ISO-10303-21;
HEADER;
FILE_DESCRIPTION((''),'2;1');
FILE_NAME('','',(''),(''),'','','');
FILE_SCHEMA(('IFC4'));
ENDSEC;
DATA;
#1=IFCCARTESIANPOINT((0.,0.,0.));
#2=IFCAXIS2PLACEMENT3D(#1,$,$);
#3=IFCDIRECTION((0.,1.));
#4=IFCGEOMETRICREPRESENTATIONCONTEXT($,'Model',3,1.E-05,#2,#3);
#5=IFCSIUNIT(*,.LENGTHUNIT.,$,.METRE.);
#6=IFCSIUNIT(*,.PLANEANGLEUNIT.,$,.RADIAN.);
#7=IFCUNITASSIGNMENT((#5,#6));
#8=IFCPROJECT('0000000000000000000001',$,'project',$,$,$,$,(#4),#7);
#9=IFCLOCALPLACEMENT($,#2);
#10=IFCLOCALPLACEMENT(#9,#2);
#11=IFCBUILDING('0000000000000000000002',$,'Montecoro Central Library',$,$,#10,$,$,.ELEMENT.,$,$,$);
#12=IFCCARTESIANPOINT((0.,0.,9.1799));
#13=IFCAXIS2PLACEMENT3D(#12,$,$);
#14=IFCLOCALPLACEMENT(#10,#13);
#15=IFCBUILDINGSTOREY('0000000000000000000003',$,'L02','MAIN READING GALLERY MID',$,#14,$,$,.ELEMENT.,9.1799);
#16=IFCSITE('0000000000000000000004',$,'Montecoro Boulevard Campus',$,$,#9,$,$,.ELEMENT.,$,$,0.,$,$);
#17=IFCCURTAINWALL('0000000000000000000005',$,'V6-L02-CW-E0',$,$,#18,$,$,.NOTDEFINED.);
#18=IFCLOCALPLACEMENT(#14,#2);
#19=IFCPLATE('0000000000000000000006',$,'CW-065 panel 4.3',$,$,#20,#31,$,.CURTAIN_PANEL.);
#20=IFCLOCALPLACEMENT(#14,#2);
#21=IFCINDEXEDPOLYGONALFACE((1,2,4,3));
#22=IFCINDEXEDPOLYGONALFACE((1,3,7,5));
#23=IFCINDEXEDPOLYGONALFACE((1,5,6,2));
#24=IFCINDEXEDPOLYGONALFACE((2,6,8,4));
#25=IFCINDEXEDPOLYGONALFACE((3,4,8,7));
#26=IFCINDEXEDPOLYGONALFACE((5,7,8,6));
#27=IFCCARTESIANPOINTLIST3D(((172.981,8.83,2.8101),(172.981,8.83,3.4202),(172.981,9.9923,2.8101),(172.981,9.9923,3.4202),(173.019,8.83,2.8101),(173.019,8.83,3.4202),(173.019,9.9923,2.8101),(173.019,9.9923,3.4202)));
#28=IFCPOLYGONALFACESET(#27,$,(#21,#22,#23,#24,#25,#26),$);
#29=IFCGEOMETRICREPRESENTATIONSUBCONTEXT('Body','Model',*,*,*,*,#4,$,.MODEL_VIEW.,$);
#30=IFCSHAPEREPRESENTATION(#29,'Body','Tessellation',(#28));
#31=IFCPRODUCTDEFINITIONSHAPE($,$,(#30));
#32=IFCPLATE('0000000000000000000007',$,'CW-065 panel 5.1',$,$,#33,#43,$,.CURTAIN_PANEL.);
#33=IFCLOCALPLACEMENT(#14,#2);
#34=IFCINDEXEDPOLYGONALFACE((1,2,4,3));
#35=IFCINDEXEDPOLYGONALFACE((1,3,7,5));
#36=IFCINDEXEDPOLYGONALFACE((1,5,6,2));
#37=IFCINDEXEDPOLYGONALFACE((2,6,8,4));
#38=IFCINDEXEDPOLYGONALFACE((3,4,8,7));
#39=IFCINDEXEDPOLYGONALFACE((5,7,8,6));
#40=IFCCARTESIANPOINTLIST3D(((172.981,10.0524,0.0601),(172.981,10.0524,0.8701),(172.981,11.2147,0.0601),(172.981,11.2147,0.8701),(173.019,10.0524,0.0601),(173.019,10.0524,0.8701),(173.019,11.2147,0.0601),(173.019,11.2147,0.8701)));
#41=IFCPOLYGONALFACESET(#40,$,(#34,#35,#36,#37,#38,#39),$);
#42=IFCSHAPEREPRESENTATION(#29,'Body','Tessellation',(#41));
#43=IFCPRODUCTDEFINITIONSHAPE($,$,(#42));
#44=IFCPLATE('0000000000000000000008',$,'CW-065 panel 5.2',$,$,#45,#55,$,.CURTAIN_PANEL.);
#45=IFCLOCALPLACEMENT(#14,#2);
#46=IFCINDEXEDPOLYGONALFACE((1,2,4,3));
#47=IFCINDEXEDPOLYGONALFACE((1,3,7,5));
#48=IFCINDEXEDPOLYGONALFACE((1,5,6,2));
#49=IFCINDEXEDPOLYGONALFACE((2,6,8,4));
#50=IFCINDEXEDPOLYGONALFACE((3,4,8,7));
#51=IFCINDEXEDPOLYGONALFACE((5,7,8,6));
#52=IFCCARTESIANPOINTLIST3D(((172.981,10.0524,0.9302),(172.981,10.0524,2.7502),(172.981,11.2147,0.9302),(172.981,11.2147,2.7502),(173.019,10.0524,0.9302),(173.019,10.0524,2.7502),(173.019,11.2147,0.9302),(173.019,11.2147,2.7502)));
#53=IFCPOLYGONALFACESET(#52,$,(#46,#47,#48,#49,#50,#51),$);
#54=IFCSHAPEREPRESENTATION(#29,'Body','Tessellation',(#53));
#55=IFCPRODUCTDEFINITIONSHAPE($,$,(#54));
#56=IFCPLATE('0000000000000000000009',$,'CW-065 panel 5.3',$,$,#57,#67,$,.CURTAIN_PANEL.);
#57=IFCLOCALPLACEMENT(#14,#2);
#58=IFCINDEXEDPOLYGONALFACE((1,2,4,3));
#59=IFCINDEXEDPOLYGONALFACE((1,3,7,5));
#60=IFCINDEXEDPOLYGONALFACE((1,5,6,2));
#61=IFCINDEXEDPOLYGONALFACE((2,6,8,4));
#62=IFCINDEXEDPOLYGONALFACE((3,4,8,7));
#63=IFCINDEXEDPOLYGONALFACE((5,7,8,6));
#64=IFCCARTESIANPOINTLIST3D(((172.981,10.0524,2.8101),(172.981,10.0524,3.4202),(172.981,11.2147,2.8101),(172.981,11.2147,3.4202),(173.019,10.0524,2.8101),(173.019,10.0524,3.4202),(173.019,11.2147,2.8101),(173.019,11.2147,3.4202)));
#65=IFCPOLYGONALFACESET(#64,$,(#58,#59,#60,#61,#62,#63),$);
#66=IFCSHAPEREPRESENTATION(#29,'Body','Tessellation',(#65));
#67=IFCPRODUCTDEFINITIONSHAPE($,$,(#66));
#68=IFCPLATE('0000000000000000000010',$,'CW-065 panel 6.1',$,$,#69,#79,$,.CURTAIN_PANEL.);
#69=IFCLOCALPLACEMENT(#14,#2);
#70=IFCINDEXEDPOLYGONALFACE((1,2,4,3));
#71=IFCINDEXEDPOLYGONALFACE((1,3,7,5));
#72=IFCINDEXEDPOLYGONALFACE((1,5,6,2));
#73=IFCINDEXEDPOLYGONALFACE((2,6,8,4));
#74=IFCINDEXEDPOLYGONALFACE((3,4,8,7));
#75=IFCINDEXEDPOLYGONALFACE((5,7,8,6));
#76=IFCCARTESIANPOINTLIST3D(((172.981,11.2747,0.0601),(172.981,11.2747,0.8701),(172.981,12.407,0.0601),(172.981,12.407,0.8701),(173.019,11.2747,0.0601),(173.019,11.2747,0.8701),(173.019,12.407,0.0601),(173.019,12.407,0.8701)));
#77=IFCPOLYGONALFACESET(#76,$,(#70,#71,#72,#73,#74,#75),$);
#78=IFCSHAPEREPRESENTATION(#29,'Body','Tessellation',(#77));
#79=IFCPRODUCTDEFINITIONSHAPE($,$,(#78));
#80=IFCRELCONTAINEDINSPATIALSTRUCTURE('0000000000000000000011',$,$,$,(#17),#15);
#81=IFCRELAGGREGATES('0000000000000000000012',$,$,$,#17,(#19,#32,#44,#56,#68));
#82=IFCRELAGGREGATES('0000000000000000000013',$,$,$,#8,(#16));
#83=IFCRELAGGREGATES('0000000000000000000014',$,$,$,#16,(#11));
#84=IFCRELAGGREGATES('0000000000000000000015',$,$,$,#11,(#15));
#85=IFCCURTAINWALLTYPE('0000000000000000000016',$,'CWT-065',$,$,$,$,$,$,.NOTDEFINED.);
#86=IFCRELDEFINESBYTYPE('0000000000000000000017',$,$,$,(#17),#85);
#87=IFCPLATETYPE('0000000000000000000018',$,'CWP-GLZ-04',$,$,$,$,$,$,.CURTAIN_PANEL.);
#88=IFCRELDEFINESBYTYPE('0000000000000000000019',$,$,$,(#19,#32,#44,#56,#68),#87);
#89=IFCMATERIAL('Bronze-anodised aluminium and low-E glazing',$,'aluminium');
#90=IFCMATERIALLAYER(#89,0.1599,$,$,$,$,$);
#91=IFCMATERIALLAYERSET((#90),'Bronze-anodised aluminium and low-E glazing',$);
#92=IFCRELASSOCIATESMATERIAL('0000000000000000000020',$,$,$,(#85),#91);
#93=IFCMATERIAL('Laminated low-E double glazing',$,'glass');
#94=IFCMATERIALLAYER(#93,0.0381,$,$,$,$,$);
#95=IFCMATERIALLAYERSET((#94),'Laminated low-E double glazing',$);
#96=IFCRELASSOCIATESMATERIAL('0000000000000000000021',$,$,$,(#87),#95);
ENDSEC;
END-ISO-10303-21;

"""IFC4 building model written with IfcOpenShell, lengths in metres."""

from ifc_helpers import new_model, si_unit, direction, frame, origin, origin_2d, place, context, subcontext, project, spatial, rectangle, extrude, material, layer, layer_set, type_object, element, aggregate, save


model = new_model("IFC4")

# Units and contexts
model_context = context("Model", 3, precision=1e-05, world=origin(), true_north=direction((0.0, 1.0)))
body_context = subcontext(model_context, "Body", "Model", "MODEL_VIEW")
ifc_project = project(units=[si_unit("LENGTHUNIT", "METRE"), si_unit("PLANEANGLEUNIT", "RADIAN")], contexts=[model_context])

# Site, building, storey
site_placement = place(None, origin())
site = spatial("IfcSite", under=ifc_project, at=site_placement, Name="Montecoro Boulevard Campus", CompositionType="ELEMENT", RefElevation=0.0)
building_placement = place(site_placement, origin())
building = spatial("IfcBuilding", under=site, at=building_placement, Name="Montecoro Central Library", CompositionType="ELEMENT")
storey_placement = place(building_placement, frame((0.0, 0.0, 9.1799)))
storey = spatial("IfcBuildingStorey", under=building, at=storey_placement, Name="L02", Description="MAIN READING GALLERY MID", CompositionType="ELEMENT", Elevation=9.1799)

# Curtain wall, plates
ifc_material_1 = material(Name="Bronze-anodised aluminium and low-E glazing", Category="aluminium")
ifc_layer_1 = layer(ifc_material_1, 0.1599)
ifc_layer_set_1 = layer_set([ifc_layer_1], Name="Bronze-anodised aluminium and low-E glazing")
curtain_wall_type = type_object("IfcCurtainWallType", Name="CWT-065", PredefinedType="NOTDEFINED", material=ifc_layer_set_1)
curtain_wall_placement = place(storey_placement, origin())
curtain_wall = element("IfcCurtainWall", 1, at=curtain_wall_placement, inside=storey, type_object=curtain_wall_type, Name="V6-L02-CW-E0", PredefinedType="NOTDEFINED")
ifc_material_2 = material(Name="Laminated low-E double glazing", Category="glass")
ifc_layer_2 = layer(ifc_material_2, 0.0381)
ifc_layer_set_2 = layer_set([ifc_layer_2], Name="Laminated low-E double glazing")
plate_type = type_object("IfcPlateType", Name="CWP-GLZ-04", PredefinedType="CURTAIN_PANEL", material=ifc_layer_set_2)
plate_1_placement = place(storey_placement, frame((173.0, 9.4111, 2.8101), z_axis=(0.0, 0.0, 1.0), x_axis=(0.0, 1.0, 0.0)))
plate_1 = element("IfcPlate", 2, at=plate_1_placement, type_object=plate_type, Name="CW-065 panel 4.3", PredefinedType="CURTAIN_PANEL", context=body_context, shape_type="SweptSolid", body=[
    extrude(rectangle(XDim=1.1624, YDim=0.0381, at=origin_2d()), origin(), (0.0, 0.0, 1.0), 0.6101),
])
plate_2_placement = place(storey_placement, frame((173.0, 10.6335, 0.0601), z_axis=(0.0, 0.0, 1.0), x_axis=(0.0, 1.0, 0.0)))
plate_2 = element("IfcPlate", 3, at=plate_2_placement, type_object=plate_type, Name="CW-065 panel 5.1", PredefinedType="CURTAIN_PANEL", context=body_context, shape_type="SweptSolid", body=[
    extrude(rectangle(XDim=1.1624, YDim=0.0381, at=origin_2d()), origin(), (0.0, 0.0, 1.0), 0.8101),
])
plate_3_placement = place(storey_placement, frame((173.0, 10.6335, 0.9302), z_axis=(0.0, 0.0, 1.0), x_axis=(0.0, 1.0, 0.0)))
plate_3 = element("IfcPlate", 4, at=plate_3_placement, type_object=plate_type, Name="CW-065 panel 5.2", PredefinedType="CURTAIN_PANEL", context=body_context, shape_type="SweptSolid", body=[
    extrude(rectangle(XDim=1.1624, YDim=0.0381, at=origin_2d()), origin(), (0.0, 0.0, 1.0), 1.8201),
])
plate_4_placement = place(storey_placement, frame((173.0, 10.6335, 2.8101), z_axis=(0.0, 0.0, 1.0), x_axis=(0.0, 1.0, 0.0)))
plate_4 = element("IfcPlate", 5, at=plate_4_placement, type_object=plate_type, Name="CW-065 panel 5.3", PredefinedType="CURTAIN_PANEL", context=body_context, shape_type="SweptSolid", body=[
    extrude(rectangle(XDim=1.1624, YDim=0.0381, at=origin_2d()), origin(), (0.0, 0.0, 1.0), 0.6101),
])
plate_5_placement = place(storey_placement, frame((173.0, 11.8408, 0.0601), z_axis=(0.0, 0.0, 1.0), x_axis=(0.0, 1.0, 0.0)))
plate_5 = element("IfcPlate", 6, at=plate_5_placement, type_object=plate_type, Name="CW-065 panel 6.1", PredefinedType="CURTAIN_PANEL", context=body_context, shape_type="SweptSolid", body=[
    extrude(rectangle(XDim=1.1323, YDim=0.0381, at=origin_2d()), origin(), (0.0, 0.0, 1.0), 0.8101),
])
aggregate(curtain_wall, [plate_1, plate_2, plate_3, plate_4, plate_5])

save(model, "model.ifc")
